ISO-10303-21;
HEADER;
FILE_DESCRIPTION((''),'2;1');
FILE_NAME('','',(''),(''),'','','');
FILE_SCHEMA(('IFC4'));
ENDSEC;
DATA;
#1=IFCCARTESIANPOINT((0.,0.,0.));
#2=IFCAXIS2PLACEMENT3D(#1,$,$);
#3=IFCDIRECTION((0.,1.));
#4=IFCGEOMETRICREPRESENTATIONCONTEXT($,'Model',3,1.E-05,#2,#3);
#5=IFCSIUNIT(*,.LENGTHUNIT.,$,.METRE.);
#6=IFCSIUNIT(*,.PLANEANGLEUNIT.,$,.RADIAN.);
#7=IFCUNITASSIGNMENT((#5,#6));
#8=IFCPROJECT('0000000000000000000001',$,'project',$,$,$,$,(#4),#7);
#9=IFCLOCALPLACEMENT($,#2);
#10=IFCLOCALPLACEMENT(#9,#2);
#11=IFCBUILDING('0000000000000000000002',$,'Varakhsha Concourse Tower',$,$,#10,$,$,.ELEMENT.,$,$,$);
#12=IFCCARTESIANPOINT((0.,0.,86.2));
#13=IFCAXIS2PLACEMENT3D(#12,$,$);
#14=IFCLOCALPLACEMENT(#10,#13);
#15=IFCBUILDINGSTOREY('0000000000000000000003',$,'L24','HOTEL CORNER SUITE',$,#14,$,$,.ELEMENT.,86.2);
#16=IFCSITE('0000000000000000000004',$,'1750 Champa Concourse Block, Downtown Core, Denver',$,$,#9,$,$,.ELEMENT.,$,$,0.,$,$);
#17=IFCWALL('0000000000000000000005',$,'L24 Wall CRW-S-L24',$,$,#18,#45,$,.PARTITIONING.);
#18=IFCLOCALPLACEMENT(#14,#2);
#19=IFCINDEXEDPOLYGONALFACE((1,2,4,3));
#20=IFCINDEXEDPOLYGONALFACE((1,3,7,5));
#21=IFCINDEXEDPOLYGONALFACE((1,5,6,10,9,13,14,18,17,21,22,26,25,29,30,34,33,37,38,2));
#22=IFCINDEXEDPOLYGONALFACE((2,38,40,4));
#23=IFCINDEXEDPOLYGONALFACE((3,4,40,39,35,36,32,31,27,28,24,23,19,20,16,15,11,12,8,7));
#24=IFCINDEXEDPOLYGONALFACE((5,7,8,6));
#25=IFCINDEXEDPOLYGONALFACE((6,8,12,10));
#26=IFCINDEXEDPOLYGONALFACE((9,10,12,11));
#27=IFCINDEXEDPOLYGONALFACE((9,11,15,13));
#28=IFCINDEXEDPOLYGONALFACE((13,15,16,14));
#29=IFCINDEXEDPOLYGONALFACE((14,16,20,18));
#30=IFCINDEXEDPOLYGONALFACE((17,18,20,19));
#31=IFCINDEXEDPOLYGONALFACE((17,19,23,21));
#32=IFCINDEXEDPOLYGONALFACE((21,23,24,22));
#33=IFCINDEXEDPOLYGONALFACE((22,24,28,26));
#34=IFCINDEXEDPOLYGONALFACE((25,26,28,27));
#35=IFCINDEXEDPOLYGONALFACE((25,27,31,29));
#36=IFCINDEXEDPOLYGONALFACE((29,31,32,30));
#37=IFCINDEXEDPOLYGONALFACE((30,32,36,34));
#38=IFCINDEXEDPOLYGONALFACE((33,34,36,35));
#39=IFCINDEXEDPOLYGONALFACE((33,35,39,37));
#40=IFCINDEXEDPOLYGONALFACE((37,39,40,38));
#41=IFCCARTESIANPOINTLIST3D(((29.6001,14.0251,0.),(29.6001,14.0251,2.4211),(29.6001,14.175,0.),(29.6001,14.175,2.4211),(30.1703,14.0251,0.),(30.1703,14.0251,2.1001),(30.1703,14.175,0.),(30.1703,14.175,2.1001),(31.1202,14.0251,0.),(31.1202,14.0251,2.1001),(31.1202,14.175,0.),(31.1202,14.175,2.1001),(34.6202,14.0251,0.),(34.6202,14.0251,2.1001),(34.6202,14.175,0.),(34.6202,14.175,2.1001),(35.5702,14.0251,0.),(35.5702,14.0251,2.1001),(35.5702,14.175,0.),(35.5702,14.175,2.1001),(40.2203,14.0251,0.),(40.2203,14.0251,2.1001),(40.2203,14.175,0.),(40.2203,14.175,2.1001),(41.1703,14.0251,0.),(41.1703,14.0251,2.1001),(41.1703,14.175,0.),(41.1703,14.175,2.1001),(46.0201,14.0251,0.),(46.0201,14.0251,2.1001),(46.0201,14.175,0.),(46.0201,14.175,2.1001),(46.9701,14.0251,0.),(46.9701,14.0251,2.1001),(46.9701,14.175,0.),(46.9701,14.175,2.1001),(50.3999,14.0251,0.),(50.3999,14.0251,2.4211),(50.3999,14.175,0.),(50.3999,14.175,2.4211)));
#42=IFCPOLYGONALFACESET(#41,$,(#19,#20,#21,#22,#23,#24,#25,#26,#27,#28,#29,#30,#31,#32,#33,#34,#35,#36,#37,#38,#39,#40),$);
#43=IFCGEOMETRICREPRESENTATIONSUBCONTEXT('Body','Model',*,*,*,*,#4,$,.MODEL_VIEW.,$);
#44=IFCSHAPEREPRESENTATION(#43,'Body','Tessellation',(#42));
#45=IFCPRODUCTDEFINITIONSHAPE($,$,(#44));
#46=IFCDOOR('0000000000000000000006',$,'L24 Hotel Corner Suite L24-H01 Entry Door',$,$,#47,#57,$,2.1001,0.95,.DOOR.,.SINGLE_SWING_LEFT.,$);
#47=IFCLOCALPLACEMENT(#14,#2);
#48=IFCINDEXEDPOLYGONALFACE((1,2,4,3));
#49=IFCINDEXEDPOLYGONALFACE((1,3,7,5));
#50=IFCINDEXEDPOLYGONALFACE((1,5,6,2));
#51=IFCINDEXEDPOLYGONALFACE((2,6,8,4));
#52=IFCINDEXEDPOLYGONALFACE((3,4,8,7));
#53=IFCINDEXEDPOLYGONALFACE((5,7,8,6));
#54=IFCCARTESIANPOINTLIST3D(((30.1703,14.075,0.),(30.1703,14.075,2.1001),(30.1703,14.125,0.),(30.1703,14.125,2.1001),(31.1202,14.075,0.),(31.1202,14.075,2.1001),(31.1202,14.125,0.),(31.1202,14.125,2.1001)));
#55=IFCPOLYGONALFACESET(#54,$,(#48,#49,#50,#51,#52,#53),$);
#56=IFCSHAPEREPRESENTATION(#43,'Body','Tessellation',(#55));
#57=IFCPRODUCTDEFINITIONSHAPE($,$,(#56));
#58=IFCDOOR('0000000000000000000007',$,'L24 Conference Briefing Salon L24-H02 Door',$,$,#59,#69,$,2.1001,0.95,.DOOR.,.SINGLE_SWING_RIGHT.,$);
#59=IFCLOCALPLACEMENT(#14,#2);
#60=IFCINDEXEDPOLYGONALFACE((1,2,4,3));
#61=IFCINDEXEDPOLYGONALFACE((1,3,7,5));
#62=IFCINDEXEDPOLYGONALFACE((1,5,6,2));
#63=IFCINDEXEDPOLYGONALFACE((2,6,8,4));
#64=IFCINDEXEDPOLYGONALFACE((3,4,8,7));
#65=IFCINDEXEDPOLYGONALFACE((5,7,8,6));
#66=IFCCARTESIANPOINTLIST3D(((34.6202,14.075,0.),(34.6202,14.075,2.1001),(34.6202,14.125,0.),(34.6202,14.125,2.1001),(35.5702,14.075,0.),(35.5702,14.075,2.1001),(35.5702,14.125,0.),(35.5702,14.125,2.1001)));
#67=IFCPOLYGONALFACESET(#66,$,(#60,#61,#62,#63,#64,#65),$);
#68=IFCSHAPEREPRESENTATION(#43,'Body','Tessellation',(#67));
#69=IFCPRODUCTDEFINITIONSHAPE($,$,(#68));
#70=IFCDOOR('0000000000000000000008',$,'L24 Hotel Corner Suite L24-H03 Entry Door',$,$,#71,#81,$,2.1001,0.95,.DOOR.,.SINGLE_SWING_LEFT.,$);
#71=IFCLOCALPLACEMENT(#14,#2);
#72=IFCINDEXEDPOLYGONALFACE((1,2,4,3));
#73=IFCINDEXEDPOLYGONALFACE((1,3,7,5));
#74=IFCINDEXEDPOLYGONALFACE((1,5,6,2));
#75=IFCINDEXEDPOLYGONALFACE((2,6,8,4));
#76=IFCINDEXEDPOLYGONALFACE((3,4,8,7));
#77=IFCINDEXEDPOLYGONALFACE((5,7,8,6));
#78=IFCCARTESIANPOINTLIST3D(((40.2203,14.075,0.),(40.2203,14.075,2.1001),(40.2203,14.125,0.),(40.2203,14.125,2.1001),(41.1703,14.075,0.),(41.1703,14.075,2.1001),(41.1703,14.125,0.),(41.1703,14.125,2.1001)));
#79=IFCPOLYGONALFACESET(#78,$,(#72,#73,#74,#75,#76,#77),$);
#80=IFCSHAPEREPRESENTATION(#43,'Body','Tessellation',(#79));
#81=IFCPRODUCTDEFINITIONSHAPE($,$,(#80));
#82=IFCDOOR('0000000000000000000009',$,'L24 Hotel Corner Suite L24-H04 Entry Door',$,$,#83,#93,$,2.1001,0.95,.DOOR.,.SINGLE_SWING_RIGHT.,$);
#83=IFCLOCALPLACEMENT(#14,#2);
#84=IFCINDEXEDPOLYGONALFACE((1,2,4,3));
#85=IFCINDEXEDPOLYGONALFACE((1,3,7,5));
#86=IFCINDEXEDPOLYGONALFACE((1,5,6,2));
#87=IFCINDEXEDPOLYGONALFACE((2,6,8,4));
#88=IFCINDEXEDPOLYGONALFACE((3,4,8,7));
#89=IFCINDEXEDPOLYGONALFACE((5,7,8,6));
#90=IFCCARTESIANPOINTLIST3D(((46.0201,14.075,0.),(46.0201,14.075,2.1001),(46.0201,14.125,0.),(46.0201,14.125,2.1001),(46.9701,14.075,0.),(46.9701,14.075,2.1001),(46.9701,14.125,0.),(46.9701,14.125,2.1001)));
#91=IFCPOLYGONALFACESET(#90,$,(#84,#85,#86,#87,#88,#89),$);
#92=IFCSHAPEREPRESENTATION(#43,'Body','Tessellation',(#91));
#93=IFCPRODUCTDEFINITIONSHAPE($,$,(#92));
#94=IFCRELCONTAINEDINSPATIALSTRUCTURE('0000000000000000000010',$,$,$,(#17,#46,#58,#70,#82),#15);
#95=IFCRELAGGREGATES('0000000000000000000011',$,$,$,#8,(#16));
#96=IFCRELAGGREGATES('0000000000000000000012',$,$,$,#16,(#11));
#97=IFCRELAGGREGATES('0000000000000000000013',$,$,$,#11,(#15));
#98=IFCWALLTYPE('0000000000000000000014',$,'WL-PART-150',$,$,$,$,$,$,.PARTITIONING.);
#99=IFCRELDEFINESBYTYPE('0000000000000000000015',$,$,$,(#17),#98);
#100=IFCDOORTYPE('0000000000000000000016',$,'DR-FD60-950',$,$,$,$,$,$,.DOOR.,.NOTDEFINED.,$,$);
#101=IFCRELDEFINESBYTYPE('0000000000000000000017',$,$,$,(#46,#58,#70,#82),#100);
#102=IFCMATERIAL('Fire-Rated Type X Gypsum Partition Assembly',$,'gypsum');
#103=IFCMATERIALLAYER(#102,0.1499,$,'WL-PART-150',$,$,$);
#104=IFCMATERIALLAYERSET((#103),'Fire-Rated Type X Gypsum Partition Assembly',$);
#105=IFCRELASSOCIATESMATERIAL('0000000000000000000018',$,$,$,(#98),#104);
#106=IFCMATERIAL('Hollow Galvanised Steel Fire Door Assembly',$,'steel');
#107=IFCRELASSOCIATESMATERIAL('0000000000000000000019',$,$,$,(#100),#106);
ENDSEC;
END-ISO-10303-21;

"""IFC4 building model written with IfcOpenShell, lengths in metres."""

from ifc_helpers import new_model, si_unit, direction, frame, frame_2d, origin, place, context, subcontext, project, spatial, rectangle, extrude, material, layer, layer_set, type_object, element, fill, save


model = new_model("IFC4")

# Units and contexts
model_context = context("Model", 3, precision=1e-05, world=origin(), true_north=direction((0.0, 1.0)))
body_context = subcontext(model_context, "Body", "Model", "MODEL_VIEW")
ifc_project = project(units=[si_unit("LENGTHUNIT", "METRE"), si_unit("PLANEANGLEUNIT", "RADIAN")], contexts=[model_context])

# Site, building, storey
site_placement = place(None, origin())
site = spatial("IfcSite", under=ifc_project, at=site_placement, Name="1750 Champa Concourse Block, Downtown Core, Denver", CompositionType="ELEMENT", RefElevation=0.0)
building_placement = place(site_placement, origin())
building = spatial("IfcBuilding", under=site, at=building_placement, Name="Varakhsha Concourse Tower", CompositionType="ELEMENT")
storey_placement = place(building_placement, frame((0.0, 0.0, 86.2)))
storey = spatial("IfcBuildingStorey", under=building, at=storey_placement, Name="L24", Description="HOTEL CORNER SUITE", CompositionType="ELEMENT", Elevation=86.2)

# Wall, openings, doors
ifc_material_1 = material(Name="Fire-Rated Type X Gypsum Partition Assembly", Category="gypsum")
ifc_layer_1 = layer(ifc_material_1, 0.1499, Name="WL-PART-150")
ifc_layer_set_1 = layer_set([ifc_layer_1], Name="Fire-Rated Type X Gypsum Partition Assembly")
wall_type_1 = type_object("IfcWallType", Name="WL-PART-150", PredefinedType="PARTITIONING", material=ifc_layer_set_1)
wall_1_placement = place(storey_placement, frame((29.6001, 14.1001, 0.0), z_axis=(0.0, 0.0, 1.0), x_axis=(1.0, 0.0, 0.0)))
wall_1 = element("IfcWall", 1, at=wall_1_placement, inside=storey, type_object=wall_type_1, Name="L24 Wall CRW-S-L24", PredefinedType="PARTITIONING", context=body_context, shape_type="SweptSolid", body=[
    extrude(rectangle(XDim=20.7998, YDim=0.1499, at=frame_2d((10.3999, 0.0))), origin(), (0.0, 0.0, 1.0), 2.4211),
])
opening_1_placement = place(wall_1_placement, frame((0.5701, 0.0, 0.0)))
opening_1 = element("IfcOpeningElement", 2, at=opening_1_placement, cuts=wall_1, PredefinedType="OPENING", context=body_context, shape_type="SweptSolid", body=[
    extrude(rectangle(XDim=0.95, YDim=2.1001, at=frame_2d((0.4751, 1.05))), frame((0.0, 0.085, 0.0), z_axis=(0.0, -1.0, 0.0), x_axis=(1.0, 0.0, 0.0)), (0.0, 0.0, 1.0), 0.1699),
])
opening_2_placement = place(wall_1_placement, frame((5.02, 0.0, 0.0)))
opening_2 = element("IfcOpeningElement", 3, at=opening_2_placement, cuts=wall_1, PredefinedType="OPENING", context=body_context, shape_type="SweptSolid", body=[
    extrude(rectangle(XDim=0.95, YDim=2.1001, at=frame_2d((0.4751, 1.05))), frame((0.0, 0.085, 0.0), z_axis=(0.0, -1.0, 0.0), x_axis=(1.0, 0.0, 0.0)), (0.0, 0.0, 1.0), 0.1699),
])
opening_3_placement = place(wall_1_placement, frame((10.6201, 0.0, 0.0)))
opening_3 = element("IfcOpeningElement", 4, at=opening_3_placement, cuts=wall_1, PredefinedType="OPENING", context=body_context, shape_type="SweptSolid", body=[
    extrude(rectangle(XDim=0.95, YDim=2.1001, at=frame_2d((0.4751, 1.05))), frame((0.0, 0.085, 0.0), z_axis=(0.0, -1.0, 0.0), x_axis=(1.0, 0.0, 0.0)), (0.0, 0.0, 1.0), 0.1699),
])
opening_4_placement = place(wall_1_placement, frame((16.4199, 0.0, 0.0)))
opening_4 = element("IfcOpeningElement", 5, at=opening_4_placement, cuts=wall_1, PredefinedType="OPENING", context=body_context, shape_type="SweptSolid", body=[
    extrude(rectangle(XDim=0.95, YDim=2.1001, at=frame_2d((0.4751, 1.05))), frame((0.0, 0.085, 0.0), z_axis=(0.0, -1.0, 0.0), x_axis=(1.0, 0.0, 0.0)), (0.0, 0.0, 1.0), 0.1699),
])
ifc_material_2 = material(Name="Hollow Galvanised Steel Fire Door Assembly", Category="steel")
door_type_1 = type_object("IfcDoorType", Name="DR-FD60-950", OperationType="NOTDEFINED", PredefinedType="DOOR", material=ifc_material_2)
door_1_placement = place(opening_1_placement, origin())
door_1 = element("IfcDoor", 6, at=door_1_placement, inside=storey, type_object=door_type_1, Name="L24 Hotel Corner Suite L24-H01 Entry Door", OperationType="SINGLE_SWING_LEFT", OverallHeight=2.1001, OverallWidth=0.95, PredefinedType="DOOR", context=body_context, shape_type="SweptSolid", body=[
    extrude(rectangle(XDim=0.95, YDim=2.1001, at=frame_2d((0.4751, 1.05))), frame((0.0, 0.0249, 0.0), z_axis=(0.0, -1.0, 0.0), x_axis=(1.0, 0.0, 0.0)), (0.0, 0.0, 1.0), 0.05),
])
fill(opening_1, door_1)
door_2_placement = place(opening_2_placement, origin())
door_2 = element("IfcDoor", 7, at=door_2_placement, inside=storey, type_object=door_type_1, Name="L24 Conference Briefing Salon L24-H02 Door", OperationType="SINGLE_SWING_RIGHT", OverallHeight=2.1001, OverallWidth=0.95, PredefinedType="DOOR", context=body_context, shape_type="SweptSolid", body=[
    extrude(rectangle(XDim=0.95, YDim=2.1001, at=frame_2d((0.4751, 1.05))), frame((0.0, 0.0249, 0.0), z_axis=(0.0, -1.0, 0.0), x_axis=(1.0, 0.0, 0.0)), (0.0, 0.0, 1.0), 0.05),
])
fill(opening_2, door_2)
door_3_placement = place(opening_3_placement, origin())
door_3 = element("IfcDoor", 8, at=door_3_placement, inside=storey, type_object=door_type_1, Name="L24 Hotel Corner Suite L24-H03 Entry Door", OperationType="SINGLE_SWING_LEFT", OverallHeight=2.1001, OverallWidth=0.95, PredefinedType="DOOR", context=body_context, shape_type="SweptSolid", body=[
    extrude(rectangle(XDim=0.95, YDim=2.1001, at=frame_2d((0.4751, 1.05))), frame((0.0, 0.0249, 0.0), z_axis=(0.0, -1.0, 0.0), x_axis=(1.0, 0.0, 0.0)), (0.0, 0.0, 1.0), 0.05),
])
fill(opening_3, door_3)
door_4_placement = place(opening_4_placement, origin())
door_4 = element("IfcDoor", 9, at=door_4_placement, inside=storey, type_object=door_type_1, Name="L24 Hotel Corner Suite L24-H04 Entry Door", OperationType="SINGLE_SWING_RIGHT", OverallHeight=2.1001, OverallWidth=0.95, PredefinedType="DOOR", context=body_context, shape_type="SweptSolid", body=[
    extrude(rectangle(XDim=0.95, YDim=2.1001, at=frame_2d((0.4751, 1.05))), frame((0.0, 0.0249, 0.0), z_axis=(0.0, -1.0, 0.0), x_axis=(1.0, 0.0, 0.0)), (0.0, 0.0, 1.0), 0.05),
])
fill(opening_4, door_4)

save(model, "model.ifc")
